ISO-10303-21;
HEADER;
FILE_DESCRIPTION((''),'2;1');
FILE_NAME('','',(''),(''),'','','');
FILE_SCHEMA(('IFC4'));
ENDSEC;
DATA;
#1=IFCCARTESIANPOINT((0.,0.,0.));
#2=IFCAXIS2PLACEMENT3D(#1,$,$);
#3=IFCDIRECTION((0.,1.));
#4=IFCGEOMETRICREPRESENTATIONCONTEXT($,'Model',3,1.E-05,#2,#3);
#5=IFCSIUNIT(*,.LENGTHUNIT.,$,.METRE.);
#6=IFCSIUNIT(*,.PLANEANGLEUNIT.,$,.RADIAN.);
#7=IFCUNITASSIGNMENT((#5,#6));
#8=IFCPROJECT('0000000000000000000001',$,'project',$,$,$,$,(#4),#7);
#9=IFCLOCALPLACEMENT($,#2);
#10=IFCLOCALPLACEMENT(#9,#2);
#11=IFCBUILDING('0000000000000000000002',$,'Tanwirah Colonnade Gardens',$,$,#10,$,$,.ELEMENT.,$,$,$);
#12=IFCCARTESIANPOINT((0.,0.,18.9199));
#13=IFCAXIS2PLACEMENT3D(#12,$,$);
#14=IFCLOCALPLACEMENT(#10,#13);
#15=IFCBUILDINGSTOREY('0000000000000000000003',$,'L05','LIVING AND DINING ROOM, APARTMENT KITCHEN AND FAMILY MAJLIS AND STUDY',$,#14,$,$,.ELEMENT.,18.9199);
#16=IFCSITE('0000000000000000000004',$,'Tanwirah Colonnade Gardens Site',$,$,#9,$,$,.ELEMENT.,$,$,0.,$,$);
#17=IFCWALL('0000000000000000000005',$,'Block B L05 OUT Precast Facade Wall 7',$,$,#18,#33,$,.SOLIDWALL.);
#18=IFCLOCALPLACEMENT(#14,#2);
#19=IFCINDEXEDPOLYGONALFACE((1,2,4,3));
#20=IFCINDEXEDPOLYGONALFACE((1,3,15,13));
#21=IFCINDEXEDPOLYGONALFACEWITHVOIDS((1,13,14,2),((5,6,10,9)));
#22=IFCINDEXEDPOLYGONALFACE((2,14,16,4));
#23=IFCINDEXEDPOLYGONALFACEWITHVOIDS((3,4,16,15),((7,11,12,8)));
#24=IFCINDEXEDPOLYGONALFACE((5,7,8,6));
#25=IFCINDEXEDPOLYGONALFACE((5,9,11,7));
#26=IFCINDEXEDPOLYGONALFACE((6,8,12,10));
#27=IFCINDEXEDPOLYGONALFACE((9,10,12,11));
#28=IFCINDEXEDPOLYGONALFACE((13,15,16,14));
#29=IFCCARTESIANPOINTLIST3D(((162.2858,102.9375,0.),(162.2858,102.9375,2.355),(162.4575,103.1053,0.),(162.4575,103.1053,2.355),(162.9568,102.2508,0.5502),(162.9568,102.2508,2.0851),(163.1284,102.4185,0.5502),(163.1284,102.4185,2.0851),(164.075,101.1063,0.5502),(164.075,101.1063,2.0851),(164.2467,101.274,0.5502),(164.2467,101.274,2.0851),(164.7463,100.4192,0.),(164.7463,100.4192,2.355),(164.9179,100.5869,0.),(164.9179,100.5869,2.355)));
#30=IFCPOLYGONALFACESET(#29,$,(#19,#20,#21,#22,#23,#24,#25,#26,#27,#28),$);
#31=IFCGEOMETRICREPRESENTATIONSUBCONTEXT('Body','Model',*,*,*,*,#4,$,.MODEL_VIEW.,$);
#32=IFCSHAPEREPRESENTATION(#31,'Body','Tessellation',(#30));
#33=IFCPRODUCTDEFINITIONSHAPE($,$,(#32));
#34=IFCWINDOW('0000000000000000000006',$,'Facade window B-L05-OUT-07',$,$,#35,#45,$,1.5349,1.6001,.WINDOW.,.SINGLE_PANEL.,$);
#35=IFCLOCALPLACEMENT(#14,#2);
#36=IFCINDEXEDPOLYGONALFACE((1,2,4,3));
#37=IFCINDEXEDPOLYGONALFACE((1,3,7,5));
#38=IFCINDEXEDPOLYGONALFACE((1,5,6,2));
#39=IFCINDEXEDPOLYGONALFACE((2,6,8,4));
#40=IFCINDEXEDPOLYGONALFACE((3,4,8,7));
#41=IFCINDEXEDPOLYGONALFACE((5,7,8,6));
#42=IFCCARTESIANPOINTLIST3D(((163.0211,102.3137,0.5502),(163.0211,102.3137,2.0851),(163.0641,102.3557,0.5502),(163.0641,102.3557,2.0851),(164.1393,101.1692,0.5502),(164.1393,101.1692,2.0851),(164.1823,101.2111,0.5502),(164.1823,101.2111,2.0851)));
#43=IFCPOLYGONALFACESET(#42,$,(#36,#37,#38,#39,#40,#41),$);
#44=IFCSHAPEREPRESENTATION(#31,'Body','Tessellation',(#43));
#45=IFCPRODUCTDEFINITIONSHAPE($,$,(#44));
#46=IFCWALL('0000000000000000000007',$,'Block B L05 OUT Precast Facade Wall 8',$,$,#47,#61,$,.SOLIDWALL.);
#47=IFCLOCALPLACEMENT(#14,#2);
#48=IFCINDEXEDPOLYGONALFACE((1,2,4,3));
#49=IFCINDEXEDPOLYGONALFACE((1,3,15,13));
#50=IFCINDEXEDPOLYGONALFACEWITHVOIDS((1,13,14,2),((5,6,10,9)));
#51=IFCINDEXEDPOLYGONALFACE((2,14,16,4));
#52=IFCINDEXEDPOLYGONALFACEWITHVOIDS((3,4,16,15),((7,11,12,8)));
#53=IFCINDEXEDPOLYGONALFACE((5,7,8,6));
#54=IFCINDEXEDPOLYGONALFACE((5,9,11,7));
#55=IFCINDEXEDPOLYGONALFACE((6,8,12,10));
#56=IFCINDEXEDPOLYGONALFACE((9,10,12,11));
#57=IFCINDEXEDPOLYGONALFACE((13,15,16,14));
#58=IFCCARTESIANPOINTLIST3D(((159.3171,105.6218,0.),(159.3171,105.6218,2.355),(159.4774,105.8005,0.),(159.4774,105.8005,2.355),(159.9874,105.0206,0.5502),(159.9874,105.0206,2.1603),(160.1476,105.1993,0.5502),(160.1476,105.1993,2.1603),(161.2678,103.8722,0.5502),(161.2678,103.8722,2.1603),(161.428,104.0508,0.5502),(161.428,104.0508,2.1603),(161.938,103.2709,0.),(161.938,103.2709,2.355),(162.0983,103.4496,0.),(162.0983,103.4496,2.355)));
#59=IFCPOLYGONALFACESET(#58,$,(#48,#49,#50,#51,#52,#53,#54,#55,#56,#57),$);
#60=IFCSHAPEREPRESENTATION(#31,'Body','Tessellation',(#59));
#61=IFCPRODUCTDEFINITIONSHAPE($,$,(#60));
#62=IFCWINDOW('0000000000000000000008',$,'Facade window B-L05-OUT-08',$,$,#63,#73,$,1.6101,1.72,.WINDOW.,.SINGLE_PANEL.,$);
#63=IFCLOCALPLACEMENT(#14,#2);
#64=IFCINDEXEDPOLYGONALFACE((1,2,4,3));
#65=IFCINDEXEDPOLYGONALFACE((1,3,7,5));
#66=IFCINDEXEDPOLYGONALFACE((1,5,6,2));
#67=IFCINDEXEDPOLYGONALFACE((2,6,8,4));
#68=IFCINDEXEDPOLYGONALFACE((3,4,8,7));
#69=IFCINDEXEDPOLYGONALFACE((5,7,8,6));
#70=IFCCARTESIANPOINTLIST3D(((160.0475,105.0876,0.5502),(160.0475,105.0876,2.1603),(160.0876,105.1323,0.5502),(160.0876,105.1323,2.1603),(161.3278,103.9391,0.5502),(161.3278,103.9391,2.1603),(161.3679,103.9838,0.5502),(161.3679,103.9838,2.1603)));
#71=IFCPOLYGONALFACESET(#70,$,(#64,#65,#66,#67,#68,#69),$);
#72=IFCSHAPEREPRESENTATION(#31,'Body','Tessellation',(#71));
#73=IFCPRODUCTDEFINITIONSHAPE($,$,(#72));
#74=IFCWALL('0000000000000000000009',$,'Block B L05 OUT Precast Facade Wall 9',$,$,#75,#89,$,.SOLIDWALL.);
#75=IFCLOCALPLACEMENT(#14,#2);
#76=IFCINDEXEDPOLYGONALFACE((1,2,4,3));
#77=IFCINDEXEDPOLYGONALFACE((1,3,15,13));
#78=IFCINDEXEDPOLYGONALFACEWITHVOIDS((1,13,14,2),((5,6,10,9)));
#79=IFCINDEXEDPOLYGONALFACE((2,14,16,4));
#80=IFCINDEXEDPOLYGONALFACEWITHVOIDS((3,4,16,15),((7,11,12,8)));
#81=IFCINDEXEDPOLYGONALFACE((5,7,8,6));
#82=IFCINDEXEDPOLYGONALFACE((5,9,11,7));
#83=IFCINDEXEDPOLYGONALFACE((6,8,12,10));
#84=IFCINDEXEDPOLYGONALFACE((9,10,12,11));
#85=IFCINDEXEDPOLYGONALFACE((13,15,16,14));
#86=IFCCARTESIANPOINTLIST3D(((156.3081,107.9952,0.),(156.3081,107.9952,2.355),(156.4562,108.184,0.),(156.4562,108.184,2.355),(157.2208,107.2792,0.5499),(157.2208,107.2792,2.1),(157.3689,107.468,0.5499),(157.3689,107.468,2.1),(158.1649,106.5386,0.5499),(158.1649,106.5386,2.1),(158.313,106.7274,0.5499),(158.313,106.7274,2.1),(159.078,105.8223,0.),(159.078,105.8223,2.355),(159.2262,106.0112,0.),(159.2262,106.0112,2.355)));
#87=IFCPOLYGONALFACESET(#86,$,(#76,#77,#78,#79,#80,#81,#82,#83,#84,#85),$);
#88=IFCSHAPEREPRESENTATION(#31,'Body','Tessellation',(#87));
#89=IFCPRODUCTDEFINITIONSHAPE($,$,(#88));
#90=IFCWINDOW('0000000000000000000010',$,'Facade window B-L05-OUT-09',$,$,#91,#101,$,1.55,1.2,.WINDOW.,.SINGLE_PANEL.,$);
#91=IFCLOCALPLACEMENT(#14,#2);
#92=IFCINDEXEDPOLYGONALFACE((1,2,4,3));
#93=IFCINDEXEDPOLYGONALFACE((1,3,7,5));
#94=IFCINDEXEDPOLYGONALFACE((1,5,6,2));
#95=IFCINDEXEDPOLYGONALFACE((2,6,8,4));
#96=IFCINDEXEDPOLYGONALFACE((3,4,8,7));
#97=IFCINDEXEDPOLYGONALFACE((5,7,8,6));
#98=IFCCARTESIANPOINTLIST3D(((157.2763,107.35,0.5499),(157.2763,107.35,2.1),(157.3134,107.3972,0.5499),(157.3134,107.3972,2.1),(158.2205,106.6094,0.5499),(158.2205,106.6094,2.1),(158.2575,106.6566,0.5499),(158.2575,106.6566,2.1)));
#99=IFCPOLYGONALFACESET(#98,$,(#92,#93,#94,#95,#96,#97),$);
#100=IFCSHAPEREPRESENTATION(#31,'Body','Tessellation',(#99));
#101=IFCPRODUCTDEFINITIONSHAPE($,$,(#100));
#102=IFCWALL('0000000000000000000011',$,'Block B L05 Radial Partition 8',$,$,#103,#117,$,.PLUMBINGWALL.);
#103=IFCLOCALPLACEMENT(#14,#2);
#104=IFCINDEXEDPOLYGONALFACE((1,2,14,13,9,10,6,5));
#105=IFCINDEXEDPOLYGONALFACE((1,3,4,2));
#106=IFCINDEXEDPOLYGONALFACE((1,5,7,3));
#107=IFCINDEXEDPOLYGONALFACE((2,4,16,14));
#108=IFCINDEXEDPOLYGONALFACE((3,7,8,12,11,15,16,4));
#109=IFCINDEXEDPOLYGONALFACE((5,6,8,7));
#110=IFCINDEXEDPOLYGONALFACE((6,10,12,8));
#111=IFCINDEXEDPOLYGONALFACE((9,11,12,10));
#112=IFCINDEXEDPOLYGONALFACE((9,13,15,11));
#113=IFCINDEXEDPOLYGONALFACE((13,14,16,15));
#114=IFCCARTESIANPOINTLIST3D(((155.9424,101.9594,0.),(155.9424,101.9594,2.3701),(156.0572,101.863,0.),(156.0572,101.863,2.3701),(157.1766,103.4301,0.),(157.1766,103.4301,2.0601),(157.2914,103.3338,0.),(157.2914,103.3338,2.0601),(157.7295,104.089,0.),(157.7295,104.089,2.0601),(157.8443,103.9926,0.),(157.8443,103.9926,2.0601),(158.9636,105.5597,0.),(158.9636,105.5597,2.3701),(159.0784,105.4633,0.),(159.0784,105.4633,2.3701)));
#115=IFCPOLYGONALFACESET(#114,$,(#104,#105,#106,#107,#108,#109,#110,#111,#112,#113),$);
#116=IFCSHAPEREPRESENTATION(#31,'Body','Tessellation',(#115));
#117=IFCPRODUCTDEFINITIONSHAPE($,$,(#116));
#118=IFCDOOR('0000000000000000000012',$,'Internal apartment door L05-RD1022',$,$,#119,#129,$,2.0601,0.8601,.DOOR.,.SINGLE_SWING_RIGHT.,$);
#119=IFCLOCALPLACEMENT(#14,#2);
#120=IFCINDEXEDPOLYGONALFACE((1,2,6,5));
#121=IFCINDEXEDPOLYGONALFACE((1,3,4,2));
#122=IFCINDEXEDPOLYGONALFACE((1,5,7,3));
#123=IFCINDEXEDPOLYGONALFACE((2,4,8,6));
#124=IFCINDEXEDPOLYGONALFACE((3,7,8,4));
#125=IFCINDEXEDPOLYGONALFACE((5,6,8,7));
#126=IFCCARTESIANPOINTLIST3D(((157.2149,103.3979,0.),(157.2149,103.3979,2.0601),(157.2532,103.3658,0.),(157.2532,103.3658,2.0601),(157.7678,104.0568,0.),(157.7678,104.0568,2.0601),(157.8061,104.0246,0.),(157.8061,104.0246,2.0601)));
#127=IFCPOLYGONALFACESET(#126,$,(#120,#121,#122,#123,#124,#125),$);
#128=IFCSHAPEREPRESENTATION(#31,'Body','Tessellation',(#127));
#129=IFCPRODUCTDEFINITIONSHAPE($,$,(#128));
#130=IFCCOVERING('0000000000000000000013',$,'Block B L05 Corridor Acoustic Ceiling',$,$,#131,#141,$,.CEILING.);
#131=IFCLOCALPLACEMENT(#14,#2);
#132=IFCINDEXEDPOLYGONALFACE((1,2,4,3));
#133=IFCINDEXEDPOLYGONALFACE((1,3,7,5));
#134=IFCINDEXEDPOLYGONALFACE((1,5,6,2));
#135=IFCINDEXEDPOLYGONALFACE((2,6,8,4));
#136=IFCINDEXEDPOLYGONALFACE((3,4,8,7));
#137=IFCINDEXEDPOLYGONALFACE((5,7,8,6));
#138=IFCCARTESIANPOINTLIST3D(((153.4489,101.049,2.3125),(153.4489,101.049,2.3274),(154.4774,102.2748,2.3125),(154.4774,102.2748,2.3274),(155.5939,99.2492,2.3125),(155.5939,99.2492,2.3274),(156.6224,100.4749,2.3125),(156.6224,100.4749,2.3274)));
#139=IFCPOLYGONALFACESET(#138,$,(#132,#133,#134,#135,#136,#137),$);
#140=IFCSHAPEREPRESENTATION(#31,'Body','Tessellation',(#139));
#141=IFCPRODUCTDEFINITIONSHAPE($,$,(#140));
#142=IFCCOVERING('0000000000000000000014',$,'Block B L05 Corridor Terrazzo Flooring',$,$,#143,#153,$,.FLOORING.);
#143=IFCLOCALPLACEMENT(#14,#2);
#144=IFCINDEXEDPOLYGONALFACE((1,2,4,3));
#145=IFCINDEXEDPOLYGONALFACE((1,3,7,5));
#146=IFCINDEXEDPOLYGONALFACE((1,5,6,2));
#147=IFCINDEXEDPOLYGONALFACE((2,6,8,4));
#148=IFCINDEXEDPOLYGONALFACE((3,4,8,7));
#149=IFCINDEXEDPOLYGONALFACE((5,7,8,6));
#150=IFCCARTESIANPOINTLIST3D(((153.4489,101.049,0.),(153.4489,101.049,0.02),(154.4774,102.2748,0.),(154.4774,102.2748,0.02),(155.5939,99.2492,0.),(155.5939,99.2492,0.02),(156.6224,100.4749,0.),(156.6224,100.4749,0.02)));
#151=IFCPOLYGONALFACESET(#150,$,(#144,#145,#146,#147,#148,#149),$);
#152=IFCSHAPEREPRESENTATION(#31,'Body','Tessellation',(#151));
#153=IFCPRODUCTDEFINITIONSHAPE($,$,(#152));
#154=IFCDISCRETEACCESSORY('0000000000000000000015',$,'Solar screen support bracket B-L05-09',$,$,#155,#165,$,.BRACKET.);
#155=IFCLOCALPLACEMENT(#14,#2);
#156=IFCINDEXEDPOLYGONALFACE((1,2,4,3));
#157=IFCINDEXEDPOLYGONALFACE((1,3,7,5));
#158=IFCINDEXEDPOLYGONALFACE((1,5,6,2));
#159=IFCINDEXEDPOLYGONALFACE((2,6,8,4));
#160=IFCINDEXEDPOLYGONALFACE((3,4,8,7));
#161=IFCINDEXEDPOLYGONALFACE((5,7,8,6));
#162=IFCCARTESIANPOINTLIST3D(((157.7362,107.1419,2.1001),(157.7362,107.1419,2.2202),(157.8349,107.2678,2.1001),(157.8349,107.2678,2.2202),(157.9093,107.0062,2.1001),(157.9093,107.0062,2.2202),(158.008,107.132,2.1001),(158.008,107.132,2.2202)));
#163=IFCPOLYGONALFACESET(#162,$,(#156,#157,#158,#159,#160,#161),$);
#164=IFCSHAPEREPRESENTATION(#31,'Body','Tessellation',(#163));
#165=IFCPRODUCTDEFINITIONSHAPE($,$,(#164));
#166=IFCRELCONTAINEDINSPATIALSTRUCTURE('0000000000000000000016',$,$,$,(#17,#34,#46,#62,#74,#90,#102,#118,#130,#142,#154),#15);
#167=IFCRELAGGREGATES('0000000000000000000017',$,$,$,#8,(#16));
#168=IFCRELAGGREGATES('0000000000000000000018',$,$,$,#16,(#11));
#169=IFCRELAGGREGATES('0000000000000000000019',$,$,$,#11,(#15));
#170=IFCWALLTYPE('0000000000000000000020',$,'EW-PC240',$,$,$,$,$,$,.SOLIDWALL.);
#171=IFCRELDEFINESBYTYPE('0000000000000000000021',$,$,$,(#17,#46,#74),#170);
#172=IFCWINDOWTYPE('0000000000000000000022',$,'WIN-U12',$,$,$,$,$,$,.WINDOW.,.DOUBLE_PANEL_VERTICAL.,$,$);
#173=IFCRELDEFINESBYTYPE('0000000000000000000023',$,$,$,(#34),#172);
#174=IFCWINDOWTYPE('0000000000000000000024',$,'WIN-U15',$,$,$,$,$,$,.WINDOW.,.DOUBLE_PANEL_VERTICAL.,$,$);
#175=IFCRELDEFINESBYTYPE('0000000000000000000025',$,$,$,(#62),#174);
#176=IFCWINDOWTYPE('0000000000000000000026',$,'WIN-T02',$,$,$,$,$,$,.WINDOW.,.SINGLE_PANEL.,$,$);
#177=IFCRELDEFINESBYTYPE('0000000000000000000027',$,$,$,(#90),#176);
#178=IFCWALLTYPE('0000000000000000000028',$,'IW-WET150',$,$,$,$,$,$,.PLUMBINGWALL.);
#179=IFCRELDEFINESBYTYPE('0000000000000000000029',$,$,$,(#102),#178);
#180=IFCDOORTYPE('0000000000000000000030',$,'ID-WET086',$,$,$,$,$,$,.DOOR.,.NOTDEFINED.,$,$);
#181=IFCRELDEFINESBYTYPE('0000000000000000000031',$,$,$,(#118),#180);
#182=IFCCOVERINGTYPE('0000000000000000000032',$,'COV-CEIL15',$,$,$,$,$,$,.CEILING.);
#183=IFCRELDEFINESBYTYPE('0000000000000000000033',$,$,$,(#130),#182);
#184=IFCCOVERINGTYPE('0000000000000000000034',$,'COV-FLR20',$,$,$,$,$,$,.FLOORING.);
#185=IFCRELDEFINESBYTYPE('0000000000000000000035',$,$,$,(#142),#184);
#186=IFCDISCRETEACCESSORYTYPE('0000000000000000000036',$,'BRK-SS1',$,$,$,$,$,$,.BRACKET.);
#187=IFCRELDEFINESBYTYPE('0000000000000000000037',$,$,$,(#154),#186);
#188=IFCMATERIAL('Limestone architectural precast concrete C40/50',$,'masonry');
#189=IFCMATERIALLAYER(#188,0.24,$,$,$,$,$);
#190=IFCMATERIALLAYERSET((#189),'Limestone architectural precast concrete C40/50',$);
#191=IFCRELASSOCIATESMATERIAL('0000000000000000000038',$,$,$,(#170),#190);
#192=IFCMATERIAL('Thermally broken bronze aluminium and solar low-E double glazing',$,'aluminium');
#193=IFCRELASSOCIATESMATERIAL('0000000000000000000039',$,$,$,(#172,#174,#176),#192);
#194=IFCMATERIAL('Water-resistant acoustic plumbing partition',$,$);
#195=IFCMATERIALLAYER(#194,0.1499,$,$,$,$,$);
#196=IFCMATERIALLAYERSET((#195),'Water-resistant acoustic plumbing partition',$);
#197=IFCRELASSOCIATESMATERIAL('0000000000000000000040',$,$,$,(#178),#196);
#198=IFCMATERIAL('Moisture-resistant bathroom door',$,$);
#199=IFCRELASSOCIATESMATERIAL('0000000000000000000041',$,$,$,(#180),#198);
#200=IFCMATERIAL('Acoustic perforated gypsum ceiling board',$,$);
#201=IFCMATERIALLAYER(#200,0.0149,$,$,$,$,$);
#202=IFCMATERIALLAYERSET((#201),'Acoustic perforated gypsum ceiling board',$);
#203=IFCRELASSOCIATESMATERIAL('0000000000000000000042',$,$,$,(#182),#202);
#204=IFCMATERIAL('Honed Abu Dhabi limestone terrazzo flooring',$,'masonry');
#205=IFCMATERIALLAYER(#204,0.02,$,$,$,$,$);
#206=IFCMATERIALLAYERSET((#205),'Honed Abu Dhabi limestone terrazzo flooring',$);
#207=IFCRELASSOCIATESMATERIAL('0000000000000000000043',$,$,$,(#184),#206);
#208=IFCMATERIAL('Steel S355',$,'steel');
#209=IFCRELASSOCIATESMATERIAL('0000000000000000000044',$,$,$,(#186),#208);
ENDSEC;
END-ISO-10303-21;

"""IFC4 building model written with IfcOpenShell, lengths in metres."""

from ifc_helpers import new_model, si_unit, direction, frame, frame_2d, origin, origin_2d, place, context, subcontext, project, spatial, rectangle, extrude, material, layer, layer_set, type_object, element, fill, save


model = new_model("IFC4")

# Units and contexts
model_context = context("Model", 3, precision=1e-05, world=origin(), true_north=direction((0.0, 1.0)))
body_context = subcontext(model_context, "Body", "Model", "MODEL_VIEW")
ifc_project = project(units=[si_unit("LENGTHUNIT", "METRE"), si_unit("PLANEANGLEUNIT", "RADIAN")], contexts=[model_context])

# Site, building, storey
site_placement = place(None, origin())
site = spatial("IfcSite", under=ifc_project, at=site_placement, Name="Tanwirah Colonnade Gardens Site", CompositionType="ELEMENT", RefElevation=0.0)
building_placement = place(site_placement, origin())
building = spatial("IfcBuilding", under=site, at=building_placement, Name="Tanwirah Colonnade Gardens", CompositionType="ELEMENT")
storey_placement = place(building_placement, frame((0.0, 0.0, 18.9199)))
storey = spatial("IfcBuildingStorey", under=building, at=storey_placement, Name="L05", Description="LIVING AND DINING ROOM, APARTMENT KITCHEN AND FAMILY MAJLIS AND STUDY", CompositionType="ELEMENT", Elevation=18.9199)

# Walls, openings, windows
ifc_material_1 = material(Name="Limestone architectural precast concrete C40/50", Category="masonry")
ifc_layer_1 = layer(ifc_material_1, 0.24)
ifc_layer_set_1 = layer_set([ifc_layer_1], Name="Limestone architectural precast concrete C40/50")
wall_type_1 = type_object("IfcWallType", Name="EW-PC240", PredefinedType="SOLIDWALL", material=ifc_layer_set_1)
wall_1_placement = place(storey_placement, frame((164.832, 100.5032, 0.0), z_axis=(0.0, 0.0, 1.0), x_axis=(-0.698842, 0.715276, 0.0)))
wall_1 = element("IfcWall", 1, at=wall_1_placement, inside=storey, type_object=wall_type_1, Name="Block B L05 OUT Precast Facade Wall 7", PredefinedType="SOLIDWALL", context=body_context, shape_type="SweptSolid", body=[
    extrude(rectangle(XDim=3.5208, YDim=0.24, at=frame_2d((1.7603, 0.0))), origin(), (0.0, 0.0, 1.0), 2.355),
])
opening_1_placement = place(wall_1_placement, frame((0.9604, 0.0, 0.55)))
opening_1 = element("IfcOpeningElement", 2, at=opening_1_placement, cuts=wall_1, PredefinedType="OPENING", context=body_context, shape_type="SweptSolid", body=[
    extrude(rectangle(XDim=1.6001, YDim=1.5349, at=frame_2d((0.8, 0.7676))), frame((0.0, 0.1299, 0.0), z_axis=(0.0, -1.0, 0.0), x_axis=(1.0, 0.0, 0.0)), (0.0, 0.0, 1.0), 0.26),
])
ifc_material_2 = material(Name="Thermally broken bronze aluminium and solar low-E double glazing", Category="aluminium")
window_type_1 = type_object("IfcWindowType", Name="WIN-U12", PartitioningType="DOUBLE_PANEL_VERTICAL", PredefinedType="WINDOW", material=ifc_material_2)
window_1_placement = place(opening_1_placement, origin())
window_1 = element("IfcWindow", 3, at=window_1_placement, inside=storey, type_object=window_type_1, Name="Facade window B-L05-OUT-07", OverallHeight=1.5349, OverallWidth=1.6001, PartitioningType="SINGLE_PANEL", PredefinedType="WINDOW", context=body_context, shape_type="SweptSolid", body=[
    extrude(rectangle(XDim=1.6001, YDim=1.5349, at=frame_2d((0.8, 0.7676))), frame((0.0, 0.03, 0.0), z_axis=(0.0, -1.0, 0.0), x_axis=(1.0, 0.0, 0.0)), (0.0, 0.0, 1.0), 0.0601),
])
fill(opening_1, window_1)
wall_2_placement = place(storey_placement, frame((162.0181, 103.3604, 0.0), z_axis=(0.0, 0.0, 1.0), x_axis=(-0.744414, 0.667719, 0.0)))
wall_2 = element("IfcWall", 4, at=wall_2_placement, inside=storey, type_object=wall_type_1, Name="Block B L05 OUT Precast Facade Wall 8", PredefinedType="SOLIDWALL", context=body_context, shape_type="SweptSolid", body=[
    extrude(rectangle(XDim=3.5208, YDim=0.24, at=frame_2d((1.7603, 0.0))), origin(), (0.0, 0.0, 1.0), 2.355),
])
opening_2_placement = place(wall_2_placement, frame((0.9004, 0.0, 0.55)))
opening_2 = element("IfcOpeningElement", 5, at=opening_2_placement, cuts=wall_2, PredefinedType="OPENING", context=body_context, shape_type="SweptSolid", body=[
    extrude(rectangle(XDim=1.72, YDim=1.6101, at=frame_2d((0.8599, 0.8052))), frame((0.0, 0.1299, 0.0), z_axis=(0.0, -1.0, 0.0), x_axis=(1.0, 0.0, 0.0)), (0.0, 0.0, 1.0), 0.26),
])
window_type_2 = type_object("IfcWindowType", Name="WIN-U15", PartitioningType="DOUBLE_PANEL_VERTICAL", PredefinedType="WINDOW", material=ifc_material_2)
window_2_placement = place(opening_2_placement, origin())
window_2 = element("IfcWindow", 6, at=window_2_placement, inside=storey, type_object=window_type_2, Name="Facade window B-L05-OUT-08", OverallHeight=1.6101, OverallWidth=1.72, PartitioningType="SINGLE_PANEL", PredefinedType="WINDOW", context=body_context, shape_type="SweptSolid", body=[
    extrude(rectangle(XDim=1.72, YDim=1.6101, at=frame_2d((0.8599, 0.8052))), frame((0.0, 0.03, 0.0), z_axis=(0.0, -1.0, 0.0), x_axis=(1.0, 0.0, 0.0)), (0.0, 0.0, 1.0), 0.0601),
])
fill(opening_2, window_2)
wall_3_placement = place(storey_placement, frame((159.1521, 105.9167, 0.0), z_axis=(0.0, 0.0, 1.0), x_axis=(-0.786814, 0.61719, 0.0)))
wall_3 = element("IfcWall", 7, at=wall_3_placement, inside=storey, type_object=wall_type_1, Name="Block B L05 OUT Precast Facade Wall 9", PredefinedType="SOLIDWALL", context=body_context, shape_type="SweptSolid", body=[
    extrude(rectangle(XDim=3.5205, YDim=0.24, at=frame_2d((1.7603, 0.0))), origin(), (0.0, 0.0, 1.0), 2.355),
])
opening_3_placement = place(wall_3_placement, frame((1.1604, 0.0, 0.55)))
opening_3 = element("IfcOpeningElement", 8, at=opening_3_placement, cuts=wall_3, PredefinedType="OPENING", context=body_context, shape_type="SweptSolid", body=[
    extrude(rectangle(XDim=1.2, YDim=1.55, at=frame_2d((0.6001, 0.7749))), frame((0.0, 0.1299, 0.0), z_axis=(0.0, -1.0, 0.0), x_axis=(1.0, 0.0, 0.0)), (0.0, 0.0, 1.0), 0.26),
])
window_type_3 = type_object("IfcWindowType", Name="WIN-T02", PartitioningType="SINGLE_PANEL", PredefinedType="WINDOW", material=ifc_material_2)
window_3_placement = place(opening_3_placement, origin())
window_3 = element("IfcWindow", 9, at=window_3_placement, inside=storey, type_object=window_type_3, Name="Facade window B-L05-OUT-09", OverallHeight=1.55, OverallWidth=1.2, PartitioningType="SINGLE_PANEL", PredefinedType="WINDOW", context=body_context, shape_type="SweptSolid", body=[
    extrude(rectangle(XDim=1.2, YDim=1.55, at=frame_2d((0.6001, 0.7749))), frame((0.0, 0.03, 0.0), z_axis=(0.0, -1.0, 0.0), x_axis=(1.0, 0.0, 0.0)), (0.0, 0.0, 1.0), 0.0601),
])
fill(opening_3, window_3)

# Wall, opening, door
ifc_material_3 = material(Name="Water-resistant acoustic plumbing partition")
ifc_layer_2 = layer(ifc_material_3, 0.1499)
ifc_layer_set_2 = layer_set([ifc_layer_2], Name="Water-resistant acoustic plumbing partition")
wall_type_2 = type_object("IfcWallType", Name="IW-WET150", PredefinedType="PLUMBINGWALL", material=ifc_layer_set_2)
wall_4_placement = place(storey_placement, frame((155.9998, 101.9111, 0.0), z_axis=(0.0, 0.0, 1.0), x_axis=(0.642812, 0.766024, 0.0)))
wall_4 = element("IfcWall", 10, at=wall_4_placement, inside=storey, type_object=wall_type_2, Name="Block B L05 Radial Partition 8", PredefinedType="PLUMBINGWALL", context=body_context, shape_type="SweptSolid", body=[
    extrude(rectangle(XDim=4.7, YDim=0.1499, at=frame_2d((2.3501, 0.0))), origin(), (0.0, 0.0, 1.0), 2.3701),
])
opening_4_placement = place(wall_4_placement, frame((1.9199, 0.0, 0.0)))
opening_4 = element("IfcOpeningElement", 11, at=opening_4_placement, cuts=wall_4, PredefinedType="OPENING", context=body_context, shape_type="SweptSolid", body=[
    extrude(rectangle(XDim=0.8601, YDim=2.0601, at=frame_2d((0.4302, 1.03))), frame((0.0, 0.085, 0.0), z_axis=(0.0, -1.0, 0.0), x_axis=(1.0, 0.0, 0.0)), (0.0, 0.0, 1.0), 0.1699),
])
ifc_material_4 = material(Name="Moisture-resistant bathroom door")
door_type_1 = type_object("IfcDoorType", Name="ID-WET086", OperationType="NOTDEFINED", PredefinedType="DOOR", material=ifc_material_4)
door_1_placement = place(opening_4_placement, origin())
door_1 = element("IfcDoor", 12, at=door_1_placement, inside=storey, type_object=door_type_1, Name="Internal apartment door L05-RD1022", OperationType="SINGLE_SWING_RIGHT", OverallHeight=2.0601, OverallWidth=0.8601, PredefinedType="DOOR", context=body_context, shape_type="SweptSolid", body=[
    extrude(rectangle(XDim=0.8601, YDim=2.0601, at=frame_2d((0.4302, 1.03))), frame((0.0, 0.0249, 0.0), z_axis=(0.0, -1.0, 0.0), x_axis=(1.0, 0.0, 0.0)), (0.0, 0.0, 1.0), 0.05),
])
fill(opening_4, door_1)

# Coverings
ifc_material_5 = material(Name="Acoustic perforated gypsum ceiling board")
ifc_layer_3 = layer(ifc_material_5, 0.0149)
ifc_layer_set_3 = layer_set([ifc_layer_3], Name="Acoustic perforated gypsum ceiling board")
covering_type_1 = type_object("IfcCoveringType", Name="COV-CEIL15", PredefinedType="CEILING", material=ifc_layer_set_3)
covering_1_placement = place(storey_placement, frame((155.0356, 100.762, 2.3125), z_axis=(0.0, 0.0, 1.0), x_axis=(-0.766044, 0.642788, 0.0)))
element("IfcCovering", 13, at=covering_1_placement, inside=storey, type_object=covering_type_1, Name="Block B L05 Corridor Acoustic Ceiling", PredefinedType="CEILING", context=body_context, shape_type="SweptSolid", body=[
    extrude(rectangle(XDim=2.8, YDim=1.6001, at=origin_2d()), origin(), (0.0, 0.0, 1.0), 0.0149),
])
ifc_material_6 = material(Name="Honed Abu Dhabi limestone terrazzo flooring", Category="masonry")
ifc_layer_4 = layer(ifc_material_6, 0.02)
ifc_layer_set_4 = layer_set([ifc_layer_4], Name="Honed Abu Dhabi limestone terrazzo flooring")
covering_type_2 = type_object("IfcCoveringType", Name="COV-FLR20", PredefinedType="FLOORING", material=ifc_layer_set_4)
covering_2_placement = place(storey_placement, frame((155.0356, 100.762, 0.0), z_axis=(0.0, 0.0, 1.0), x_axis=(-0.766044, 0.642788, 0.0)))
element("IfcCovering", 14, at=covering_2_placement, inside=storey, type_object=covering_type_2, Name="Block B L05 Corridor Terrazzo Flooring", PredefinedType="FLOORING", context=body_context, shape_type="SweptSolid", body=[
    extrude(rectangle(XDim=2.8, YDim=1.6001, at=origin_2d()), origin(), (0.0, 0.0, 1.0), 0.02),
])

# Discrete accessory
ifc_material_7 = material(Name="Steel S355", Category="steel")
discrete_accessory_type = type_object("IfcDiscreteAccessoryType", Name="BRK-SS1", PredefinedType="BRACKET", material=ifc_material_7)
discrete_accessory_placement = place(storey_placement, frame((157.8721, 107.137, 2.1001), z_axis=(0.0, 0.0, 1.0), x_axis=(-0.786816, 0.617188, 0.0)))
element("IfcDiscreteAccessory", 15, at=discrete_accessory_placement, inside=storey, type_object=discrete_accessory_type, Name="Solar screen support bracket B-L05-09", PredefinedType="BRACKET", context=body_context, shape_type="SweptSolid", body=[
    extrude(rectangle(XDim=0.22, YDim=0.1599, at=origin_2d()), origin(), (0.0, 0.0, 1.0), 0.1201),
])

save(model, "model.ifc")
